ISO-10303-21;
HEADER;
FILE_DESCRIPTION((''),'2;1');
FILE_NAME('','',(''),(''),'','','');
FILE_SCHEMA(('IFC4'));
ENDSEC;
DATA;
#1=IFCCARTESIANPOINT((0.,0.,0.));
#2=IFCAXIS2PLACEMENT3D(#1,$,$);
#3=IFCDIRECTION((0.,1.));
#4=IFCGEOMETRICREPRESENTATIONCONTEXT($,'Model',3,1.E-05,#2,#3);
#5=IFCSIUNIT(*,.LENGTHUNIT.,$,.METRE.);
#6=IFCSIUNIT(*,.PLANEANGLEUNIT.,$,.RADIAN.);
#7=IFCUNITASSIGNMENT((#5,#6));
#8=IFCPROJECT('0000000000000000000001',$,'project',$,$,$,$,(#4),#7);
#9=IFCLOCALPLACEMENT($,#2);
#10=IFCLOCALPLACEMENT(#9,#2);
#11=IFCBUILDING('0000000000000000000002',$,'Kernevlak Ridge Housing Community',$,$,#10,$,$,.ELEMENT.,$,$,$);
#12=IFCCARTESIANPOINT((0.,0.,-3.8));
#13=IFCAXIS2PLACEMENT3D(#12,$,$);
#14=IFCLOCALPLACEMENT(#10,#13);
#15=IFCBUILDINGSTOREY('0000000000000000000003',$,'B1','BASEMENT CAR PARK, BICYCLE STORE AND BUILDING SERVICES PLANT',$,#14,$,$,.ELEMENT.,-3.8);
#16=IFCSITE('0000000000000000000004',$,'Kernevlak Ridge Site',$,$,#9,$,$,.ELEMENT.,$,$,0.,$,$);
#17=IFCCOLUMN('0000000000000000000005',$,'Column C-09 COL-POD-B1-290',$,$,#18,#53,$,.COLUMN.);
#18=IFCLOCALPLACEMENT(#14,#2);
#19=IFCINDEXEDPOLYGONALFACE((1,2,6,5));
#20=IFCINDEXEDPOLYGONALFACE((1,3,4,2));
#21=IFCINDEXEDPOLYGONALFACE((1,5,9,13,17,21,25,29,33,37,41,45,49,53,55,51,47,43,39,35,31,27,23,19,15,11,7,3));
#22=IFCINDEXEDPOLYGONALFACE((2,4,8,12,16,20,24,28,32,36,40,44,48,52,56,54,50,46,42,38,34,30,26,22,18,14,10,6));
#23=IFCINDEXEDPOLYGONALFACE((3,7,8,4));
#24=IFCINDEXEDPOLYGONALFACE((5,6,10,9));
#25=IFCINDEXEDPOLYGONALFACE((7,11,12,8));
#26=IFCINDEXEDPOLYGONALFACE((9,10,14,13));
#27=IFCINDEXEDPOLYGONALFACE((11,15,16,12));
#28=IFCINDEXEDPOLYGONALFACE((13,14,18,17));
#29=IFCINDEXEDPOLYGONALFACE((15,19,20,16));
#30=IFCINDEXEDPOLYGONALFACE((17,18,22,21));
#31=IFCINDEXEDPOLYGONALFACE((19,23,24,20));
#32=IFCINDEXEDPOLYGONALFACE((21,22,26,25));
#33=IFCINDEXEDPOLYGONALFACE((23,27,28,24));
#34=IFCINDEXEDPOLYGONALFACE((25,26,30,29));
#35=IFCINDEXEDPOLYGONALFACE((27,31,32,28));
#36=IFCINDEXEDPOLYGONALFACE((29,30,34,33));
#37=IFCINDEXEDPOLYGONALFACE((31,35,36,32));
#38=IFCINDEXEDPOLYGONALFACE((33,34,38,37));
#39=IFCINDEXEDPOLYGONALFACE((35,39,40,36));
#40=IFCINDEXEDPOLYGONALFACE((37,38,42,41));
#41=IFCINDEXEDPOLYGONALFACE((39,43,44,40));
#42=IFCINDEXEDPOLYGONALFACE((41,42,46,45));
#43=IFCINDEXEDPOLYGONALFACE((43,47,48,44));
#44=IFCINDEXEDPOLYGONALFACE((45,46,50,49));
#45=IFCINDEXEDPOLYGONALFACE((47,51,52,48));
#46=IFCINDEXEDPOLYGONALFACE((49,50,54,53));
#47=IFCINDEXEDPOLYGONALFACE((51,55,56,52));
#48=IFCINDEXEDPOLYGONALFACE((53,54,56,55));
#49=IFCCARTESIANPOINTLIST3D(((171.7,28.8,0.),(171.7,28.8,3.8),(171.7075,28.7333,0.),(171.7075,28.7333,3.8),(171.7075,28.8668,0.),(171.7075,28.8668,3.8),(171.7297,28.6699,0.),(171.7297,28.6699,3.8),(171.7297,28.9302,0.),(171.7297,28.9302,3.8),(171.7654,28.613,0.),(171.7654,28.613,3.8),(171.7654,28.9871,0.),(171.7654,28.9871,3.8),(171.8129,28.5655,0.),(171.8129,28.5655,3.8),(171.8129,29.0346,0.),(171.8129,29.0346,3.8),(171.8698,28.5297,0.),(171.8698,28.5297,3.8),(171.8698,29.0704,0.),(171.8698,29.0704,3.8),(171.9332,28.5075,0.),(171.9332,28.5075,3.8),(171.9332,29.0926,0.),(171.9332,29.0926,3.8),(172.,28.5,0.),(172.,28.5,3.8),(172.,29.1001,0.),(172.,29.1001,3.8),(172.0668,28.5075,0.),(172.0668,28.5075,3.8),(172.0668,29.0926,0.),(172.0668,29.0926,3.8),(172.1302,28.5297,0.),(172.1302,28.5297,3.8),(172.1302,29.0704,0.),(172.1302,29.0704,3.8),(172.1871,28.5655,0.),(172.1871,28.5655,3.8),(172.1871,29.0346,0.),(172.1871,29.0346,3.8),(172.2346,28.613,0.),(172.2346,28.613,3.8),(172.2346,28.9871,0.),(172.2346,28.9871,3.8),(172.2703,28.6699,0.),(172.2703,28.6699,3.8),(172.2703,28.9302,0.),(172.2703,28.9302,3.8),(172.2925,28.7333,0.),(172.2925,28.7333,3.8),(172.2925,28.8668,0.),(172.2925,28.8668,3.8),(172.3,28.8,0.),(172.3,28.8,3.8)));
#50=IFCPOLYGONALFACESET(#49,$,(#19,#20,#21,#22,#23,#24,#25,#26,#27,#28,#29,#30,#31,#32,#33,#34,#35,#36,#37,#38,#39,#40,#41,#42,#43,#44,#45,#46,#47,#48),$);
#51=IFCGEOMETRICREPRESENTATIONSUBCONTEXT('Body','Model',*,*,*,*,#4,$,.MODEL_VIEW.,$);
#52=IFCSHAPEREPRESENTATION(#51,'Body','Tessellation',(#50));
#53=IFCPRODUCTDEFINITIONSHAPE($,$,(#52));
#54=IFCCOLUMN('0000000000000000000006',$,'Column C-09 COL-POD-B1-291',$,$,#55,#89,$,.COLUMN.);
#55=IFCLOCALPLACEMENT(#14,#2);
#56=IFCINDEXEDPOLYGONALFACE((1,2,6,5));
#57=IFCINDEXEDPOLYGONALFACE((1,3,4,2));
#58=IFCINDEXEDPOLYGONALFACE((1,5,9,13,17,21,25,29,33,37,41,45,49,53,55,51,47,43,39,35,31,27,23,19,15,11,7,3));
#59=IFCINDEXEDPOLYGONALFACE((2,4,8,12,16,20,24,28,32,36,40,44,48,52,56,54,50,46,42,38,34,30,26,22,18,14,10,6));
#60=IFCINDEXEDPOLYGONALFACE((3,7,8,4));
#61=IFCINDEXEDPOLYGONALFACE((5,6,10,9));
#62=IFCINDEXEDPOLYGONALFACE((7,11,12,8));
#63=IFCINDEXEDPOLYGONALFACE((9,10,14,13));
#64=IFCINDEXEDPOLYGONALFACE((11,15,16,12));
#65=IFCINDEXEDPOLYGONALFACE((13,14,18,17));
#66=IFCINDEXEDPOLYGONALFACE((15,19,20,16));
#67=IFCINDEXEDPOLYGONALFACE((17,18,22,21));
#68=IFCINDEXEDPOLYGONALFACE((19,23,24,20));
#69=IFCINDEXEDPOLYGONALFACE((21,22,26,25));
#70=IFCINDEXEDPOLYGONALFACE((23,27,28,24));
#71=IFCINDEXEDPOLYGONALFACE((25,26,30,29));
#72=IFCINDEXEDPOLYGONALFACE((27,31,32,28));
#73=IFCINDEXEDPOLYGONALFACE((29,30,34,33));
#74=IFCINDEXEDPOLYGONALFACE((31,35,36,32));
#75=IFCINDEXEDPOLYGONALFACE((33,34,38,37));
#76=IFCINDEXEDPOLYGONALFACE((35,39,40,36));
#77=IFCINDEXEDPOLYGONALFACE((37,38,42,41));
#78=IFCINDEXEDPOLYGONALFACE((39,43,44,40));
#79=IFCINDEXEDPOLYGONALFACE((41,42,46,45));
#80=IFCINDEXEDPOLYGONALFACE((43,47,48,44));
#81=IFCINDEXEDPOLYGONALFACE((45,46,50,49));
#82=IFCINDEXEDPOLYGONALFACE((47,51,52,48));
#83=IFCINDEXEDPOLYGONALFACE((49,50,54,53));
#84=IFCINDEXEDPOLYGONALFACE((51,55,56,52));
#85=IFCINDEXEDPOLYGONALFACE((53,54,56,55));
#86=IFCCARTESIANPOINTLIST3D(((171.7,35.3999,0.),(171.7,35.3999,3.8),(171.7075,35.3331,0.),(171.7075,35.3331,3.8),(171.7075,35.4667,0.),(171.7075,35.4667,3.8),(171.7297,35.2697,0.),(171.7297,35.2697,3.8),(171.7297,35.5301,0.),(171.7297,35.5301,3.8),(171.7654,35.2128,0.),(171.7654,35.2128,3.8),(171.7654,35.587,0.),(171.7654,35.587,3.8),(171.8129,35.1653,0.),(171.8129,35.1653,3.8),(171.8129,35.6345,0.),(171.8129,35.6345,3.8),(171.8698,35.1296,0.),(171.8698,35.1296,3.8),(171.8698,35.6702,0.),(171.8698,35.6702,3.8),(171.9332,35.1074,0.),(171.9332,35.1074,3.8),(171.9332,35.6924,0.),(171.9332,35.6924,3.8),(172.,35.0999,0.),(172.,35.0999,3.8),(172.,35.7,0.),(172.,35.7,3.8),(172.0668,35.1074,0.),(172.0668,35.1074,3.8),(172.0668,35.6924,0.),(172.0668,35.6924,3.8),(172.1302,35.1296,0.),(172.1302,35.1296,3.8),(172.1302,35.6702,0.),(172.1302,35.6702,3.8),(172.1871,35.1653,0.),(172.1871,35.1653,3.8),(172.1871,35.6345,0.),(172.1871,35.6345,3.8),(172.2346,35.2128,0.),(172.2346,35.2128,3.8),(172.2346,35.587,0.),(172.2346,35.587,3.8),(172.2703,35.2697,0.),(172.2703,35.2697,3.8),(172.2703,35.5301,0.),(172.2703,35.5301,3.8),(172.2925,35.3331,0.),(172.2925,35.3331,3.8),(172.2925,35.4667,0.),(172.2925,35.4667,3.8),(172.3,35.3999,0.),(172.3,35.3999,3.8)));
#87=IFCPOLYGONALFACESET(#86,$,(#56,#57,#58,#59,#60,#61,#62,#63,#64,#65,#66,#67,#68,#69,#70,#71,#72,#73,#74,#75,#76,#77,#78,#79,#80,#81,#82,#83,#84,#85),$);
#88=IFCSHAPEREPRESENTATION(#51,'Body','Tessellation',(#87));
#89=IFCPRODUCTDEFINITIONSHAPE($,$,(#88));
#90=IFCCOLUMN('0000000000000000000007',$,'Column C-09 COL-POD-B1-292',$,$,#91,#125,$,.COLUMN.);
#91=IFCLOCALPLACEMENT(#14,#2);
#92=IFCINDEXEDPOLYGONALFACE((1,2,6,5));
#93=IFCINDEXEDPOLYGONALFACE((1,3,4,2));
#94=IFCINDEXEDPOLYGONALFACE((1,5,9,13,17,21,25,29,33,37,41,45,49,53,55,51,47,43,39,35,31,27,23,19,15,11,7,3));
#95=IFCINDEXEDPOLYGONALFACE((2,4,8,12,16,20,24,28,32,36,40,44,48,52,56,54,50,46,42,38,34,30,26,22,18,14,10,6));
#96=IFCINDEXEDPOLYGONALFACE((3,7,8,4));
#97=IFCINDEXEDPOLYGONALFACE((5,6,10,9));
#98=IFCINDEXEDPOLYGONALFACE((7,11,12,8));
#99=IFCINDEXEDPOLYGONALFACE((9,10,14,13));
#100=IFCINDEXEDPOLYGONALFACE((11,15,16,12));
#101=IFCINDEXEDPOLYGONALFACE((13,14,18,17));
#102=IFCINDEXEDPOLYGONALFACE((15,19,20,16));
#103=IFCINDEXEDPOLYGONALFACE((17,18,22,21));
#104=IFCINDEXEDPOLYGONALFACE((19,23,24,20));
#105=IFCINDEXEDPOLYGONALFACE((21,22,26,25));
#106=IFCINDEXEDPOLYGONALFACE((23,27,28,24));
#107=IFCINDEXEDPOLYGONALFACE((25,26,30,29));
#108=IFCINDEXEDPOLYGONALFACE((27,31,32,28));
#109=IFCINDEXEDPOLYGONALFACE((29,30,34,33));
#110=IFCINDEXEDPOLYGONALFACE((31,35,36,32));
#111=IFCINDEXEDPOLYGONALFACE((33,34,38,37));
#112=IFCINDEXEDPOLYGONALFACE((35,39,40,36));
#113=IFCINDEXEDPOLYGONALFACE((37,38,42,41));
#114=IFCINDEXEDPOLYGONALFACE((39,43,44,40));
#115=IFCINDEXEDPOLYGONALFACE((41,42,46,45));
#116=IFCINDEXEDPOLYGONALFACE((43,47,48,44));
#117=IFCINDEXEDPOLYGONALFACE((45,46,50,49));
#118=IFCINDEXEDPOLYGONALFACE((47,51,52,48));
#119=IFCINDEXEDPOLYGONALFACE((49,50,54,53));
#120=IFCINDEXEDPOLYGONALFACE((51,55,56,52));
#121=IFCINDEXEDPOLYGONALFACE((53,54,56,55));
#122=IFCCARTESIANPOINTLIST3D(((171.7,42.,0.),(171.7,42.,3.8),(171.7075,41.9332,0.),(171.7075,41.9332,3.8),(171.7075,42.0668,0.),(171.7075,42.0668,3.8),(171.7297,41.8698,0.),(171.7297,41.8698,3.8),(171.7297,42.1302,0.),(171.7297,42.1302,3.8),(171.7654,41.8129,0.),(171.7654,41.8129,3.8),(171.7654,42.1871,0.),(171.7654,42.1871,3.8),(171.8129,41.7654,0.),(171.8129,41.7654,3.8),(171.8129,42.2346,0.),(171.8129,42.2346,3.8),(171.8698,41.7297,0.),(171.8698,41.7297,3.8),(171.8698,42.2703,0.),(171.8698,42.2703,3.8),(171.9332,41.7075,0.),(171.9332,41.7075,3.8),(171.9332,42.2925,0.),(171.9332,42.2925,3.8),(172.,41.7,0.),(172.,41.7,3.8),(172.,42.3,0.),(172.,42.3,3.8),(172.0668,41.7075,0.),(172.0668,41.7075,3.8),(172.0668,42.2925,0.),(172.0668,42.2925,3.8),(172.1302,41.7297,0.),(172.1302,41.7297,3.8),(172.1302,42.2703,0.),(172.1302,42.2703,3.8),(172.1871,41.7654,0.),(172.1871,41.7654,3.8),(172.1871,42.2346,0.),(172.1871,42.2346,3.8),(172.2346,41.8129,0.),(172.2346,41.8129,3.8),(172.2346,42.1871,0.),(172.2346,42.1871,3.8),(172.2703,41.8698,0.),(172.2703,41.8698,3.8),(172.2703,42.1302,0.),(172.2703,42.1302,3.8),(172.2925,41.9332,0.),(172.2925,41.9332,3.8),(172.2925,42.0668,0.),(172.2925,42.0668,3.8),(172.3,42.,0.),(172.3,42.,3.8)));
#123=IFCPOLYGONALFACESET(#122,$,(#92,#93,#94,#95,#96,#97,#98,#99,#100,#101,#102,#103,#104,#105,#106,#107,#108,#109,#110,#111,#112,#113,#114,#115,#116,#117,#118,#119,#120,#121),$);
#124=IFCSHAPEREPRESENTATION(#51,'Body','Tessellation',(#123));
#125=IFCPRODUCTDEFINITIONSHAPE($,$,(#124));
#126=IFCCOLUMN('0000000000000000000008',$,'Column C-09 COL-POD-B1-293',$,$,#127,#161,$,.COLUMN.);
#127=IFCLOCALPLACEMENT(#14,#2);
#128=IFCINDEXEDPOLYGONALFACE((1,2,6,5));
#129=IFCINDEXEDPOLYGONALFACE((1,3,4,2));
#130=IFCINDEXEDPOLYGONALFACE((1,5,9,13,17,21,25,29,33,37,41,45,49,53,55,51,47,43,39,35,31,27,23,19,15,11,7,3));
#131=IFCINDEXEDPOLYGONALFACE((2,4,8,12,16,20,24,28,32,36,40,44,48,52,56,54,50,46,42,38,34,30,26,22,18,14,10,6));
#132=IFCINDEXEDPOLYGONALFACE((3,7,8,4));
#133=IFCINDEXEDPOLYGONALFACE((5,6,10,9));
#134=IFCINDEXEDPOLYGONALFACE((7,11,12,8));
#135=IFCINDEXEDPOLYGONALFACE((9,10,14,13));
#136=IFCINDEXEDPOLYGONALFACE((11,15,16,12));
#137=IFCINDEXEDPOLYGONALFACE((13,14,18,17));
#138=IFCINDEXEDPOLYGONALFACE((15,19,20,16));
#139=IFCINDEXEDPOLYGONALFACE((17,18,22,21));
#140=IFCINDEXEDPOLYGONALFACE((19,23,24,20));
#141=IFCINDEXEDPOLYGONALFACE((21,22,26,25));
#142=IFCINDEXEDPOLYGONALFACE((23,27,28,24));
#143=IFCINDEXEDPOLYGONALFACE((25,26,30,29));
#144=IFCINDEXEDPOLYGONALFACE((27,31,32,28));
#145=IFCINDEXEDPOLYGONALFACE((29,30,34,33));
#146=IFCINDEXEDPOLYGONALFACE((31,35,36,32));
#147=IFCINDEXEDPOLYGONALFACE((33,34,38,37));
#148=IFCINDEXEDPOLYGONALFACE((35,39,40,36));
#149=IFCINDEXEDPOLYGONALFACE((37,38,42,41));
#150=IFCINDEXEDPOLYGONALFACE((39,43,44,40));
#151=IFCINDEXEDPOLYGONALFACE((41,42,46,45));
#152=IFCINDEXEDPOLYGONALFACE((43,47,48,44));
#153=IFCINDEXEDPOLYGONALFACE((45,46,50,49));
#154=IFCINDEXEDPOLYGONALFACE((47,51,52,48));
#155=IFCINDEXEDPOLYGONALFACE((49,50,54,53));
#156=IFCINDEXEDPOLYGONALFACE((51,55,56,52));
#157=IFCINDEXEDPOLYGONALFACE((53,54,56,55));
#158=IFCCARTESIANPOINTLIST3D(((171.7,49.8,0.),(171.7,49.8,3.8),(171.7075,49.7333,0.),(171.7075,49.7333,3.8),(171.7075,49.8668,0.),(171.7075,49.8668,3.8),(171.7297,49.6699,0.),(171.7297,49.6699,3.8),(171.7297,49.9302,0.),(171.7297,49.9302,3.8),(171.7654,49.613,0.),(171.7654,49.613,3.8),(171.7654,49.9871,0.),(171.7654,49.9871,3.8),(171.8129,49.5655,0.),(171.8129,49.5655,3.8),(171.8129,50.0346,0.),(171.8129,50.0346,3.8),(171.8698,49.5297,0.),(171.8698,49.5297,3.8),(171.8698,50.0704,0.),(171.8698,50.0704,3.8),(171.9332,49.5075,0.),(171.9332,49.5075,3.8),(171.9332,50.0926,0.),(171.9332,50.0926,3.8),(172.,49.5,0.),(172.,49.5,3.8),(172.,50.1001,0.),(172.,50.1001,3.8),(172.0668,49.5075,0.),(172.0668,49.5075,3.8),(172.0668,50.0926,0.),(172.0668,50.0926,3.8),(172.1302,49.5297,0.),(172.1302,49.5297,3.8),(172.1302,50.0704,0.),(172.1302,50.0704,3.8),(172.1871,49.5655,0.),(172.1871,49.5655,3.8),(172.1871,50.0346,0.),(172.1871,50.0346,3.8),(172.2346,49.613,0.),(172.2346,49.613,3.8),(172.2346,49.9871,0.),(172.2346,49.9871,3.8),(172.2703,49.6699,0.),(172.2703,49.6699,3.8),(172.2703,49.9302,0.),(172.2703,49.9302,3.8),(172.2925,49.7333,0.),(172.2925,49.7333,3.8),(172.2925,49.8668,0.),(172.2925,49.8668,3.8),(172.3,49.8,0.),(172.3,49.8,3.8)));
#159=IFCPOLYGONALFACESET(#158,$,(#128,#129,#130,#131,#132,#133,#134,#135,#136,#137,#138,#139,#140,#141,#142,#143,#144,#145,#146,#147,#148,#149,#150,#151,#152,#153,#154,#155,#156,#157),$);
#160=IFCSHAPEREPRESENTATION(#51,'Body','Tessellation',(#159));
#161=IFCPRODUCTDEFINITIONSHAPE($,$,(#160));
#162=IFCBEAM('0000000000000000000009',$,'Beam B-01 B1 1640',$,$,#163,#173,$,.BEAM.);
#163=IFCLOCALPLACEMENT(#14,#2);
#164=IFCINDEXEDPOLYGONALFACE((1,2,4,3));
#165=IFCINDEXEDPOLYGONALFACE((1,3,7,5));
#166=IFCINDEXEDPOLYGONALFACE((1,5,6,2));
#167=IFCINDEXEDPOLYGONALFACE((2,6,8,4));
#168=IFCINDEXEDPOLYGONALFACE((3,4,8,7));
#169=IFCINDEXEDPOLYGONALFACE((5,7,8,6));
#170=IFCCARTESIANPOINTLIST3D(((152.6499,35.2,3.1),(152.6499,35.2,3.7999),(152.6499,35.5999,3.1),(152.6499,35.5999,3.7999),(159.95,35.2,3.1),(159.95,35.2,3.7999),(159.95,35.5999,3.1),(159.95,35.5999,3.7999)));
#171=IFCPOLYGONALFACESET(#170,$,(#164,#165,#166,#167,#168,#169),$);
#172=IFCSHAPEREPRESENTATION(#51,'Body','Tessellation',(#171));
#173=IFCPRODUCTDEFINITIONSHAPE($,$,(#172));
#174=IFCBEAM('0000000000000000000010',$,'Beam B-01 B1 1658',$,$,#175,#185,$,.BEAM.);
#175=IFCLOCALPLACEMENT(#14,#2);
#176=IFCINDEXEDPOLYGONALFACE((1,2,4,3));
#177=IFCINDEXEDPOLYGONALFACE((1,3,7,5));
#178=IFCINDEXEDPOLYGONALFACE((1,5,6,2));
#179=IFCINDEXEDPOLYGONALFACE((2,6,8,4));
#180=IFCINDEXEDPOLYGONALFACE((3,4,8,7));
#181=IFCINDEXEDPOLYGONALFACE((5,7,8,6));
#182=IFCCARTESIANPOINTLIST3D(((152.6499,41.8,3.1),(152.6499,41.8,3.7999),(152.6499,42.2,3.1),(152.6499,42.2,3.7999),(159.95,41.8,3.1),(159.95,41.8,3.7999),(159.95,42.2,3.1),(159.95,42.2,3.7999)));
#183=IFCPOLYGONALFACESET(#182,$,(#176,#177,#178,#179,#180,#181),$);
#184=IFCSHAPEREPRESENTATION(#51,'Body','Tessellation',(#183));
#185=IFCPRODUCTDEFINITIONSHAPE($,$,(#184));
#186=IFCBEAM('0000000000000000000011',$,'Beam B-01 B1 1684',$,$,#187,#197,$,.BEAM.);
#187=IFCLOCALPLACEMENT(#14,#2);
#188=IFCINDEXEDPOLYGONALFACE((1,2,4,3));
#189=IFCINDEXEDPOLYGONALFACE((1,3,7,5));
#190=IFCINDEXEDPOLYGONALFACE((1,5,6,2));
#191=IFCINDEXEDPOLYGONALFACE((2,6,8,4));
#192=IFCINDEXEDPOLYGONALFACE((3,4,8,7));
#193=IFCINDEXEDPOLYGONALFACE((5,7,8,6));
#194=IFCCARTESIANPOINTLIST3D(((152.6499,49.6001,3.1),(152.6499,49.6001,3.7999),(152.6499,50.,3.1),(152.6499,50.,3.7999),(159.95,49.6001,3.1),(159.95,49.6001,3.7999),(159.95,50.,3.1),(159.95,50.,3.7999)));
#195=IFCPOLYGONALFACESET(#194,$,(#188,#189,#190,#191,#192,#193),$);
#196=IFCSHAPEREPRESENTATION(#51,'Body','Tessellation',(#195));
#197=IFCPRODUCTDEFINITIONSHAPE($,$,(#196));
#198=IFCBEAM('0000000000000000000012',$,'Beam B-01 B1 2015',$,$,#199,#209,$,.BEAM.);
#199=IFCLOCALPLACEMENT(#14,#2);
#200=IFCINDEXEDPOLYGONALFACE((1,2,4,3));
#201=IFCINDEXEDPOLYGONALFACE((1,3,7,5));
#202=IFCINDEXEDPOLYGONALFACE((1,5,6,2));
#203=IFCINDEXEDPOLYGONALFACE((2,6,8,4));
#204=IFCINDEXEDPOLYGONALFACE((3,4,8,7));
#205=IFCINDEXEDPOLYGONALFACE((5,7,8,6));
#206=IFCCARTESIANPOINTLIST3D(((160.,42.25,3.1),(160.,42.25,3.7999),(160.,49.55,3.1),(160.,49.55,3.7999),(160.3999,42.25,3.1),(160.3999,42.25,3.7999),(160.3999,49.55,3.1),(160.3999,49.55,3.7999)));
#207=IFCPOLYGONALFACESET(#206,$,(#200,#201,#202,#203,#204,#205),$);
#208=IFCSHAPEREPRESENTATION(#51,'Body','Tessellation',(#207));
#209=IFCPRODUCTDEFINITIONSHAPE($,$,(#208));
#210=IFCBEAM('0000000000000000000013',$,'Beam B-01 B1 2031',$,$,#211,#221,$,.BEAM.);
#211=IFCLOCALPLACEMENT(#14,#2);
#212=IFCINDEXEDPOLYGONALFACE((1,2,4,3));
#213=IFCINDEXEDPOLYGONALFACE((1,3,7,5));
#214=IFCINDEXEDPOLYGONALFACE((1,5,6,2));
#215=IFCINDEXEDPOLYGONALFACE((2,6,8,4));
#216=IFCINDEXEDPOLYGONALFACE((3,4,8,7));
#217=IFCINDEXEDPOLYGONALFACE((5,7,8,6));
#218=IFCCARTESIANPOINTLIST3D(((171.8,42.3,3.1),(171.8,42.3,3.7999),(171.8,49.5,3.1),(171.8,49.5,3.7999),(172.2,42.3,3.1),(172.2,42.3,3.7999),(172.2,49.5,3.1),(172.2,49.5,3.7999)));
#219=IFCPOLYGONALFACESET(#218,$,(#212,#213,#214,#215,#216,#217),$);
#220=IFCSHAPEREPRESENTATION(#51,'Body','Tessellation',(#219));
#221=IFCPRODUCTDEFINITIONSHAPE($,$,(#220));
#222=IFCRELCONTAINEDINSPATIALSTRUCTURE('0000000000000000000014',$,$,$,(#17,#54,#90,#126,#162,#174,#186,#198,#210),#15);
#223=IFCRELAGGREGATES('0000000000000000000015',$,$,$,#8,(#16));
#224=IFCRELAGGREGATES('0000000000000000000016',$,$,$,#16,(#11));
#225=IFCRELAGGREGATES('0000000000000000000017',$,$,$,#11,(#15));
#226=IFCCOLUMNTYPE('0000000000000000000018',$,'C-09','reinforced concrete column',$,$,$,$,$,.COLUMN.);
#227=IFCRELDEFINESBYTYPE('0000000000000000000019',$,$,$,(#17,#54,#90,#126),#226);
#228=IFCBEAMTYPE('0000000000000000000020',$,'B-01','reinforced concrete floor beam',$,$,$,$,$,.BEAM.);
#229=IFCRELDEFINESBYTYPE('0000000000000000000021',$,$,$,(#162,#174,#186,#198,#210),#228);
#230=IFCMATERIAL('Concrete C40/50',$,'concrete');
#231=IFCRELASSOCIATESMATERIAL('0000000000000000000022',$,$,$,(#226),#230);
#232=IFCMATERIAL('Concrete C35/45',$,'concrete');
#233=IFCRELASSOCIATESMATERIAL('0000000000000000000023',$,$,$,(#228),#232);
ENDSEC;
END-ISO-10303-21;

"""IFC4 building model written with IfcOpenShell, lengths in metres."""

from ifc_helpers import new_model, si_unit, direction, frame, origin, origin_2d, place, context, subcontext, project, spatial, rectangle, circle, extrude, material, material_profile, profile_set, type_object, element, save


model = new_model("IFC4")

# Units and contexts
model_context = context("Model", 3, precision=1e-05, world=origin(), true_north=direction((0.0, 1.0)))
body_context = subcontext(model_context, "Body", "Model", "MODEL_VIEW")
ifc_project = project(units=[si_unit("LENGTHUNIT", "METRE"), si_unit("PLANEANGLEUNIT", "RADIAN")], contexts=[model_context])

# Site, building, storey
site_placement = place(None, origin())
site = spatial("IfcSite", under=ifc_project, at=site_placement, Name="Kernevlak Ridge Site", CompositionType="ELEMENT", RefElevation=0.0)
building_placement = place(site_placement, origin())
building = spatial("IfcBuilding", under=site, at=building_placement, Name="Kernevlak Ridge Housing Community", CompositionType="ELEMENT")
storey_placement = place(building_placement, frame((0.0, 0.0, -3.8)))
storey = spatial("IfcBuildingStorey", under=building, at=storey_placement, Name="B1", Description="BASEMENT CAR PARK, BICYCLE STORE AND BUILDING SERVICES PLANT", CompositionType="ELEMENT", Elevation=-3.8)

# Shared definitions
ifc_material_1 = material(Name="Concrete C35/45", Category="concrete")

# Columns
ifc_material_2 = material(Name="Concrete C40/50", Category="concrete")
ifc_material_profile_1 = material_profile(ifc_material_2, circle(Radius=0.3, at=origin_2d()), Name="RC D600")
ifc_profile_set_1 = profile_set([ifc_material_profile_1], Name="Concrete C40/50")
column_type_1 = type_object("IfcColumnType", Name="C-09", Description="reinforced concrete column", PredefinedType="COLUMN", material=ifc_profile_set_1)
for number, where, z_axis, x_axis, name in (
    (1, (172.0, 28.8, 0.0), (0.0, 0.0, 1.0), (1.0, 0.0, 0.0), "Column C-09 COL-POD-B1-290"),
    (2, (172.0, 35.3999, 0.0), (0.0, 0.0, 1.0), (1.0, 0.0, 0.0), "Column C-09 COL-POD-B1-291"),
    (3, (172.0, 42.0, 0.0), (0.0, 0.0, 1.0), (1.0, 0.0, 0.0), "Column C-09 COL-POD-B1-292"),
    (4, (172.0, 49.8, 0.0), (0.0, 0.0, 1.0), (1.0, 0.0, 0.0), "Column C-09 COL-POD-B1-293"),
):
    element("IfcColumn", number, at=place(storey_placement, frame(where, z_axis=z_axis, x_axis=x_axis)), inside=storey, type_object=column_type_1, Name=name, PredefinedType="COLUMN", context=body_context, shape_type="SweptSolid", body=[
        extrude(circle(Radius=0.3, at=origin_2d()), origin(), (0.0, 0.0, 1.0), 3.8),
    ])

# Beams
ifc_material_profile_2 = material_profile(ifc_material_1, rectangle(XDim=0.3999, YDim=0.7, at=origin_2d()), Name="RC 400x700")
ifc_profile_set_2 = profile_set([ifc_material_profile_2], Name="Concrete C35/45")
beam_type_1 = type_object("IfcBeamType", Name="B-01", Description="reinforced concrete floor beam", PredefinedType="BEAM", material=ifc_profile_set_2)
for number, where, z_axis, x_axis, name in (
    (5, (152.6499, 35.3999, 3.45), (1.0, 0.0, 0.0), (0.0, 1.0, 0.0), "Beam B-01 B1 1640"),
    (6, (152.6499, 42.0, 3.45), (1.0, 0.0, 0.0), (0.0, 1.0, 0.0), "Beam B-01 B1 1658"),
    (7, (152.6499, 49.8, 3.45), (1.0, 0.0, 0.0), (0.0, 1.0, 0.0), "Beam B-01 B1 1684"),
    (8, (160.2, 42.25, 3.45), (0.0, 1.0, 0.0), (-1.0, 0.0, 0.0), "Beam B-01 B1 2015"),
):
    element("IfcBeam", number, at=place(storey_placement, frame(where, z_axis=z_axis, x_axis=x_axis)), inside=storey, type_object=beam_type_1, Name=name, PredefinedType="BEAM", context=body_context, shape_type="SweptSolid", body=[
        extrude(rectangle(XDim=0.3999, YDim=0.7, at=origin_2d()), origin(), (0.0, 0.0, 1.0), 7.3),
    ])
beam_1_placement = place(storey_placement, frame((172.0, 42.3, 3.45), z_axis=(0.0, 1.0, 0.0), x_axis=(-1.0, 0.0, 0.0)))
element("IfcBeam", 9, at=beam_1_placement, inside=storey, type_object=beam_type_1, Name="Beam B-01 B1 2031", PredefinedType="BEAM", context=body_context, shape_type="SweptSolid", body=[
    extrude(rectangle(XDim=0.3999, YDim=0.7, at=origin_2d()), origin(), (0.0, 0.0, 1.0), 7.2),
])

save(model, "model.ifc")
